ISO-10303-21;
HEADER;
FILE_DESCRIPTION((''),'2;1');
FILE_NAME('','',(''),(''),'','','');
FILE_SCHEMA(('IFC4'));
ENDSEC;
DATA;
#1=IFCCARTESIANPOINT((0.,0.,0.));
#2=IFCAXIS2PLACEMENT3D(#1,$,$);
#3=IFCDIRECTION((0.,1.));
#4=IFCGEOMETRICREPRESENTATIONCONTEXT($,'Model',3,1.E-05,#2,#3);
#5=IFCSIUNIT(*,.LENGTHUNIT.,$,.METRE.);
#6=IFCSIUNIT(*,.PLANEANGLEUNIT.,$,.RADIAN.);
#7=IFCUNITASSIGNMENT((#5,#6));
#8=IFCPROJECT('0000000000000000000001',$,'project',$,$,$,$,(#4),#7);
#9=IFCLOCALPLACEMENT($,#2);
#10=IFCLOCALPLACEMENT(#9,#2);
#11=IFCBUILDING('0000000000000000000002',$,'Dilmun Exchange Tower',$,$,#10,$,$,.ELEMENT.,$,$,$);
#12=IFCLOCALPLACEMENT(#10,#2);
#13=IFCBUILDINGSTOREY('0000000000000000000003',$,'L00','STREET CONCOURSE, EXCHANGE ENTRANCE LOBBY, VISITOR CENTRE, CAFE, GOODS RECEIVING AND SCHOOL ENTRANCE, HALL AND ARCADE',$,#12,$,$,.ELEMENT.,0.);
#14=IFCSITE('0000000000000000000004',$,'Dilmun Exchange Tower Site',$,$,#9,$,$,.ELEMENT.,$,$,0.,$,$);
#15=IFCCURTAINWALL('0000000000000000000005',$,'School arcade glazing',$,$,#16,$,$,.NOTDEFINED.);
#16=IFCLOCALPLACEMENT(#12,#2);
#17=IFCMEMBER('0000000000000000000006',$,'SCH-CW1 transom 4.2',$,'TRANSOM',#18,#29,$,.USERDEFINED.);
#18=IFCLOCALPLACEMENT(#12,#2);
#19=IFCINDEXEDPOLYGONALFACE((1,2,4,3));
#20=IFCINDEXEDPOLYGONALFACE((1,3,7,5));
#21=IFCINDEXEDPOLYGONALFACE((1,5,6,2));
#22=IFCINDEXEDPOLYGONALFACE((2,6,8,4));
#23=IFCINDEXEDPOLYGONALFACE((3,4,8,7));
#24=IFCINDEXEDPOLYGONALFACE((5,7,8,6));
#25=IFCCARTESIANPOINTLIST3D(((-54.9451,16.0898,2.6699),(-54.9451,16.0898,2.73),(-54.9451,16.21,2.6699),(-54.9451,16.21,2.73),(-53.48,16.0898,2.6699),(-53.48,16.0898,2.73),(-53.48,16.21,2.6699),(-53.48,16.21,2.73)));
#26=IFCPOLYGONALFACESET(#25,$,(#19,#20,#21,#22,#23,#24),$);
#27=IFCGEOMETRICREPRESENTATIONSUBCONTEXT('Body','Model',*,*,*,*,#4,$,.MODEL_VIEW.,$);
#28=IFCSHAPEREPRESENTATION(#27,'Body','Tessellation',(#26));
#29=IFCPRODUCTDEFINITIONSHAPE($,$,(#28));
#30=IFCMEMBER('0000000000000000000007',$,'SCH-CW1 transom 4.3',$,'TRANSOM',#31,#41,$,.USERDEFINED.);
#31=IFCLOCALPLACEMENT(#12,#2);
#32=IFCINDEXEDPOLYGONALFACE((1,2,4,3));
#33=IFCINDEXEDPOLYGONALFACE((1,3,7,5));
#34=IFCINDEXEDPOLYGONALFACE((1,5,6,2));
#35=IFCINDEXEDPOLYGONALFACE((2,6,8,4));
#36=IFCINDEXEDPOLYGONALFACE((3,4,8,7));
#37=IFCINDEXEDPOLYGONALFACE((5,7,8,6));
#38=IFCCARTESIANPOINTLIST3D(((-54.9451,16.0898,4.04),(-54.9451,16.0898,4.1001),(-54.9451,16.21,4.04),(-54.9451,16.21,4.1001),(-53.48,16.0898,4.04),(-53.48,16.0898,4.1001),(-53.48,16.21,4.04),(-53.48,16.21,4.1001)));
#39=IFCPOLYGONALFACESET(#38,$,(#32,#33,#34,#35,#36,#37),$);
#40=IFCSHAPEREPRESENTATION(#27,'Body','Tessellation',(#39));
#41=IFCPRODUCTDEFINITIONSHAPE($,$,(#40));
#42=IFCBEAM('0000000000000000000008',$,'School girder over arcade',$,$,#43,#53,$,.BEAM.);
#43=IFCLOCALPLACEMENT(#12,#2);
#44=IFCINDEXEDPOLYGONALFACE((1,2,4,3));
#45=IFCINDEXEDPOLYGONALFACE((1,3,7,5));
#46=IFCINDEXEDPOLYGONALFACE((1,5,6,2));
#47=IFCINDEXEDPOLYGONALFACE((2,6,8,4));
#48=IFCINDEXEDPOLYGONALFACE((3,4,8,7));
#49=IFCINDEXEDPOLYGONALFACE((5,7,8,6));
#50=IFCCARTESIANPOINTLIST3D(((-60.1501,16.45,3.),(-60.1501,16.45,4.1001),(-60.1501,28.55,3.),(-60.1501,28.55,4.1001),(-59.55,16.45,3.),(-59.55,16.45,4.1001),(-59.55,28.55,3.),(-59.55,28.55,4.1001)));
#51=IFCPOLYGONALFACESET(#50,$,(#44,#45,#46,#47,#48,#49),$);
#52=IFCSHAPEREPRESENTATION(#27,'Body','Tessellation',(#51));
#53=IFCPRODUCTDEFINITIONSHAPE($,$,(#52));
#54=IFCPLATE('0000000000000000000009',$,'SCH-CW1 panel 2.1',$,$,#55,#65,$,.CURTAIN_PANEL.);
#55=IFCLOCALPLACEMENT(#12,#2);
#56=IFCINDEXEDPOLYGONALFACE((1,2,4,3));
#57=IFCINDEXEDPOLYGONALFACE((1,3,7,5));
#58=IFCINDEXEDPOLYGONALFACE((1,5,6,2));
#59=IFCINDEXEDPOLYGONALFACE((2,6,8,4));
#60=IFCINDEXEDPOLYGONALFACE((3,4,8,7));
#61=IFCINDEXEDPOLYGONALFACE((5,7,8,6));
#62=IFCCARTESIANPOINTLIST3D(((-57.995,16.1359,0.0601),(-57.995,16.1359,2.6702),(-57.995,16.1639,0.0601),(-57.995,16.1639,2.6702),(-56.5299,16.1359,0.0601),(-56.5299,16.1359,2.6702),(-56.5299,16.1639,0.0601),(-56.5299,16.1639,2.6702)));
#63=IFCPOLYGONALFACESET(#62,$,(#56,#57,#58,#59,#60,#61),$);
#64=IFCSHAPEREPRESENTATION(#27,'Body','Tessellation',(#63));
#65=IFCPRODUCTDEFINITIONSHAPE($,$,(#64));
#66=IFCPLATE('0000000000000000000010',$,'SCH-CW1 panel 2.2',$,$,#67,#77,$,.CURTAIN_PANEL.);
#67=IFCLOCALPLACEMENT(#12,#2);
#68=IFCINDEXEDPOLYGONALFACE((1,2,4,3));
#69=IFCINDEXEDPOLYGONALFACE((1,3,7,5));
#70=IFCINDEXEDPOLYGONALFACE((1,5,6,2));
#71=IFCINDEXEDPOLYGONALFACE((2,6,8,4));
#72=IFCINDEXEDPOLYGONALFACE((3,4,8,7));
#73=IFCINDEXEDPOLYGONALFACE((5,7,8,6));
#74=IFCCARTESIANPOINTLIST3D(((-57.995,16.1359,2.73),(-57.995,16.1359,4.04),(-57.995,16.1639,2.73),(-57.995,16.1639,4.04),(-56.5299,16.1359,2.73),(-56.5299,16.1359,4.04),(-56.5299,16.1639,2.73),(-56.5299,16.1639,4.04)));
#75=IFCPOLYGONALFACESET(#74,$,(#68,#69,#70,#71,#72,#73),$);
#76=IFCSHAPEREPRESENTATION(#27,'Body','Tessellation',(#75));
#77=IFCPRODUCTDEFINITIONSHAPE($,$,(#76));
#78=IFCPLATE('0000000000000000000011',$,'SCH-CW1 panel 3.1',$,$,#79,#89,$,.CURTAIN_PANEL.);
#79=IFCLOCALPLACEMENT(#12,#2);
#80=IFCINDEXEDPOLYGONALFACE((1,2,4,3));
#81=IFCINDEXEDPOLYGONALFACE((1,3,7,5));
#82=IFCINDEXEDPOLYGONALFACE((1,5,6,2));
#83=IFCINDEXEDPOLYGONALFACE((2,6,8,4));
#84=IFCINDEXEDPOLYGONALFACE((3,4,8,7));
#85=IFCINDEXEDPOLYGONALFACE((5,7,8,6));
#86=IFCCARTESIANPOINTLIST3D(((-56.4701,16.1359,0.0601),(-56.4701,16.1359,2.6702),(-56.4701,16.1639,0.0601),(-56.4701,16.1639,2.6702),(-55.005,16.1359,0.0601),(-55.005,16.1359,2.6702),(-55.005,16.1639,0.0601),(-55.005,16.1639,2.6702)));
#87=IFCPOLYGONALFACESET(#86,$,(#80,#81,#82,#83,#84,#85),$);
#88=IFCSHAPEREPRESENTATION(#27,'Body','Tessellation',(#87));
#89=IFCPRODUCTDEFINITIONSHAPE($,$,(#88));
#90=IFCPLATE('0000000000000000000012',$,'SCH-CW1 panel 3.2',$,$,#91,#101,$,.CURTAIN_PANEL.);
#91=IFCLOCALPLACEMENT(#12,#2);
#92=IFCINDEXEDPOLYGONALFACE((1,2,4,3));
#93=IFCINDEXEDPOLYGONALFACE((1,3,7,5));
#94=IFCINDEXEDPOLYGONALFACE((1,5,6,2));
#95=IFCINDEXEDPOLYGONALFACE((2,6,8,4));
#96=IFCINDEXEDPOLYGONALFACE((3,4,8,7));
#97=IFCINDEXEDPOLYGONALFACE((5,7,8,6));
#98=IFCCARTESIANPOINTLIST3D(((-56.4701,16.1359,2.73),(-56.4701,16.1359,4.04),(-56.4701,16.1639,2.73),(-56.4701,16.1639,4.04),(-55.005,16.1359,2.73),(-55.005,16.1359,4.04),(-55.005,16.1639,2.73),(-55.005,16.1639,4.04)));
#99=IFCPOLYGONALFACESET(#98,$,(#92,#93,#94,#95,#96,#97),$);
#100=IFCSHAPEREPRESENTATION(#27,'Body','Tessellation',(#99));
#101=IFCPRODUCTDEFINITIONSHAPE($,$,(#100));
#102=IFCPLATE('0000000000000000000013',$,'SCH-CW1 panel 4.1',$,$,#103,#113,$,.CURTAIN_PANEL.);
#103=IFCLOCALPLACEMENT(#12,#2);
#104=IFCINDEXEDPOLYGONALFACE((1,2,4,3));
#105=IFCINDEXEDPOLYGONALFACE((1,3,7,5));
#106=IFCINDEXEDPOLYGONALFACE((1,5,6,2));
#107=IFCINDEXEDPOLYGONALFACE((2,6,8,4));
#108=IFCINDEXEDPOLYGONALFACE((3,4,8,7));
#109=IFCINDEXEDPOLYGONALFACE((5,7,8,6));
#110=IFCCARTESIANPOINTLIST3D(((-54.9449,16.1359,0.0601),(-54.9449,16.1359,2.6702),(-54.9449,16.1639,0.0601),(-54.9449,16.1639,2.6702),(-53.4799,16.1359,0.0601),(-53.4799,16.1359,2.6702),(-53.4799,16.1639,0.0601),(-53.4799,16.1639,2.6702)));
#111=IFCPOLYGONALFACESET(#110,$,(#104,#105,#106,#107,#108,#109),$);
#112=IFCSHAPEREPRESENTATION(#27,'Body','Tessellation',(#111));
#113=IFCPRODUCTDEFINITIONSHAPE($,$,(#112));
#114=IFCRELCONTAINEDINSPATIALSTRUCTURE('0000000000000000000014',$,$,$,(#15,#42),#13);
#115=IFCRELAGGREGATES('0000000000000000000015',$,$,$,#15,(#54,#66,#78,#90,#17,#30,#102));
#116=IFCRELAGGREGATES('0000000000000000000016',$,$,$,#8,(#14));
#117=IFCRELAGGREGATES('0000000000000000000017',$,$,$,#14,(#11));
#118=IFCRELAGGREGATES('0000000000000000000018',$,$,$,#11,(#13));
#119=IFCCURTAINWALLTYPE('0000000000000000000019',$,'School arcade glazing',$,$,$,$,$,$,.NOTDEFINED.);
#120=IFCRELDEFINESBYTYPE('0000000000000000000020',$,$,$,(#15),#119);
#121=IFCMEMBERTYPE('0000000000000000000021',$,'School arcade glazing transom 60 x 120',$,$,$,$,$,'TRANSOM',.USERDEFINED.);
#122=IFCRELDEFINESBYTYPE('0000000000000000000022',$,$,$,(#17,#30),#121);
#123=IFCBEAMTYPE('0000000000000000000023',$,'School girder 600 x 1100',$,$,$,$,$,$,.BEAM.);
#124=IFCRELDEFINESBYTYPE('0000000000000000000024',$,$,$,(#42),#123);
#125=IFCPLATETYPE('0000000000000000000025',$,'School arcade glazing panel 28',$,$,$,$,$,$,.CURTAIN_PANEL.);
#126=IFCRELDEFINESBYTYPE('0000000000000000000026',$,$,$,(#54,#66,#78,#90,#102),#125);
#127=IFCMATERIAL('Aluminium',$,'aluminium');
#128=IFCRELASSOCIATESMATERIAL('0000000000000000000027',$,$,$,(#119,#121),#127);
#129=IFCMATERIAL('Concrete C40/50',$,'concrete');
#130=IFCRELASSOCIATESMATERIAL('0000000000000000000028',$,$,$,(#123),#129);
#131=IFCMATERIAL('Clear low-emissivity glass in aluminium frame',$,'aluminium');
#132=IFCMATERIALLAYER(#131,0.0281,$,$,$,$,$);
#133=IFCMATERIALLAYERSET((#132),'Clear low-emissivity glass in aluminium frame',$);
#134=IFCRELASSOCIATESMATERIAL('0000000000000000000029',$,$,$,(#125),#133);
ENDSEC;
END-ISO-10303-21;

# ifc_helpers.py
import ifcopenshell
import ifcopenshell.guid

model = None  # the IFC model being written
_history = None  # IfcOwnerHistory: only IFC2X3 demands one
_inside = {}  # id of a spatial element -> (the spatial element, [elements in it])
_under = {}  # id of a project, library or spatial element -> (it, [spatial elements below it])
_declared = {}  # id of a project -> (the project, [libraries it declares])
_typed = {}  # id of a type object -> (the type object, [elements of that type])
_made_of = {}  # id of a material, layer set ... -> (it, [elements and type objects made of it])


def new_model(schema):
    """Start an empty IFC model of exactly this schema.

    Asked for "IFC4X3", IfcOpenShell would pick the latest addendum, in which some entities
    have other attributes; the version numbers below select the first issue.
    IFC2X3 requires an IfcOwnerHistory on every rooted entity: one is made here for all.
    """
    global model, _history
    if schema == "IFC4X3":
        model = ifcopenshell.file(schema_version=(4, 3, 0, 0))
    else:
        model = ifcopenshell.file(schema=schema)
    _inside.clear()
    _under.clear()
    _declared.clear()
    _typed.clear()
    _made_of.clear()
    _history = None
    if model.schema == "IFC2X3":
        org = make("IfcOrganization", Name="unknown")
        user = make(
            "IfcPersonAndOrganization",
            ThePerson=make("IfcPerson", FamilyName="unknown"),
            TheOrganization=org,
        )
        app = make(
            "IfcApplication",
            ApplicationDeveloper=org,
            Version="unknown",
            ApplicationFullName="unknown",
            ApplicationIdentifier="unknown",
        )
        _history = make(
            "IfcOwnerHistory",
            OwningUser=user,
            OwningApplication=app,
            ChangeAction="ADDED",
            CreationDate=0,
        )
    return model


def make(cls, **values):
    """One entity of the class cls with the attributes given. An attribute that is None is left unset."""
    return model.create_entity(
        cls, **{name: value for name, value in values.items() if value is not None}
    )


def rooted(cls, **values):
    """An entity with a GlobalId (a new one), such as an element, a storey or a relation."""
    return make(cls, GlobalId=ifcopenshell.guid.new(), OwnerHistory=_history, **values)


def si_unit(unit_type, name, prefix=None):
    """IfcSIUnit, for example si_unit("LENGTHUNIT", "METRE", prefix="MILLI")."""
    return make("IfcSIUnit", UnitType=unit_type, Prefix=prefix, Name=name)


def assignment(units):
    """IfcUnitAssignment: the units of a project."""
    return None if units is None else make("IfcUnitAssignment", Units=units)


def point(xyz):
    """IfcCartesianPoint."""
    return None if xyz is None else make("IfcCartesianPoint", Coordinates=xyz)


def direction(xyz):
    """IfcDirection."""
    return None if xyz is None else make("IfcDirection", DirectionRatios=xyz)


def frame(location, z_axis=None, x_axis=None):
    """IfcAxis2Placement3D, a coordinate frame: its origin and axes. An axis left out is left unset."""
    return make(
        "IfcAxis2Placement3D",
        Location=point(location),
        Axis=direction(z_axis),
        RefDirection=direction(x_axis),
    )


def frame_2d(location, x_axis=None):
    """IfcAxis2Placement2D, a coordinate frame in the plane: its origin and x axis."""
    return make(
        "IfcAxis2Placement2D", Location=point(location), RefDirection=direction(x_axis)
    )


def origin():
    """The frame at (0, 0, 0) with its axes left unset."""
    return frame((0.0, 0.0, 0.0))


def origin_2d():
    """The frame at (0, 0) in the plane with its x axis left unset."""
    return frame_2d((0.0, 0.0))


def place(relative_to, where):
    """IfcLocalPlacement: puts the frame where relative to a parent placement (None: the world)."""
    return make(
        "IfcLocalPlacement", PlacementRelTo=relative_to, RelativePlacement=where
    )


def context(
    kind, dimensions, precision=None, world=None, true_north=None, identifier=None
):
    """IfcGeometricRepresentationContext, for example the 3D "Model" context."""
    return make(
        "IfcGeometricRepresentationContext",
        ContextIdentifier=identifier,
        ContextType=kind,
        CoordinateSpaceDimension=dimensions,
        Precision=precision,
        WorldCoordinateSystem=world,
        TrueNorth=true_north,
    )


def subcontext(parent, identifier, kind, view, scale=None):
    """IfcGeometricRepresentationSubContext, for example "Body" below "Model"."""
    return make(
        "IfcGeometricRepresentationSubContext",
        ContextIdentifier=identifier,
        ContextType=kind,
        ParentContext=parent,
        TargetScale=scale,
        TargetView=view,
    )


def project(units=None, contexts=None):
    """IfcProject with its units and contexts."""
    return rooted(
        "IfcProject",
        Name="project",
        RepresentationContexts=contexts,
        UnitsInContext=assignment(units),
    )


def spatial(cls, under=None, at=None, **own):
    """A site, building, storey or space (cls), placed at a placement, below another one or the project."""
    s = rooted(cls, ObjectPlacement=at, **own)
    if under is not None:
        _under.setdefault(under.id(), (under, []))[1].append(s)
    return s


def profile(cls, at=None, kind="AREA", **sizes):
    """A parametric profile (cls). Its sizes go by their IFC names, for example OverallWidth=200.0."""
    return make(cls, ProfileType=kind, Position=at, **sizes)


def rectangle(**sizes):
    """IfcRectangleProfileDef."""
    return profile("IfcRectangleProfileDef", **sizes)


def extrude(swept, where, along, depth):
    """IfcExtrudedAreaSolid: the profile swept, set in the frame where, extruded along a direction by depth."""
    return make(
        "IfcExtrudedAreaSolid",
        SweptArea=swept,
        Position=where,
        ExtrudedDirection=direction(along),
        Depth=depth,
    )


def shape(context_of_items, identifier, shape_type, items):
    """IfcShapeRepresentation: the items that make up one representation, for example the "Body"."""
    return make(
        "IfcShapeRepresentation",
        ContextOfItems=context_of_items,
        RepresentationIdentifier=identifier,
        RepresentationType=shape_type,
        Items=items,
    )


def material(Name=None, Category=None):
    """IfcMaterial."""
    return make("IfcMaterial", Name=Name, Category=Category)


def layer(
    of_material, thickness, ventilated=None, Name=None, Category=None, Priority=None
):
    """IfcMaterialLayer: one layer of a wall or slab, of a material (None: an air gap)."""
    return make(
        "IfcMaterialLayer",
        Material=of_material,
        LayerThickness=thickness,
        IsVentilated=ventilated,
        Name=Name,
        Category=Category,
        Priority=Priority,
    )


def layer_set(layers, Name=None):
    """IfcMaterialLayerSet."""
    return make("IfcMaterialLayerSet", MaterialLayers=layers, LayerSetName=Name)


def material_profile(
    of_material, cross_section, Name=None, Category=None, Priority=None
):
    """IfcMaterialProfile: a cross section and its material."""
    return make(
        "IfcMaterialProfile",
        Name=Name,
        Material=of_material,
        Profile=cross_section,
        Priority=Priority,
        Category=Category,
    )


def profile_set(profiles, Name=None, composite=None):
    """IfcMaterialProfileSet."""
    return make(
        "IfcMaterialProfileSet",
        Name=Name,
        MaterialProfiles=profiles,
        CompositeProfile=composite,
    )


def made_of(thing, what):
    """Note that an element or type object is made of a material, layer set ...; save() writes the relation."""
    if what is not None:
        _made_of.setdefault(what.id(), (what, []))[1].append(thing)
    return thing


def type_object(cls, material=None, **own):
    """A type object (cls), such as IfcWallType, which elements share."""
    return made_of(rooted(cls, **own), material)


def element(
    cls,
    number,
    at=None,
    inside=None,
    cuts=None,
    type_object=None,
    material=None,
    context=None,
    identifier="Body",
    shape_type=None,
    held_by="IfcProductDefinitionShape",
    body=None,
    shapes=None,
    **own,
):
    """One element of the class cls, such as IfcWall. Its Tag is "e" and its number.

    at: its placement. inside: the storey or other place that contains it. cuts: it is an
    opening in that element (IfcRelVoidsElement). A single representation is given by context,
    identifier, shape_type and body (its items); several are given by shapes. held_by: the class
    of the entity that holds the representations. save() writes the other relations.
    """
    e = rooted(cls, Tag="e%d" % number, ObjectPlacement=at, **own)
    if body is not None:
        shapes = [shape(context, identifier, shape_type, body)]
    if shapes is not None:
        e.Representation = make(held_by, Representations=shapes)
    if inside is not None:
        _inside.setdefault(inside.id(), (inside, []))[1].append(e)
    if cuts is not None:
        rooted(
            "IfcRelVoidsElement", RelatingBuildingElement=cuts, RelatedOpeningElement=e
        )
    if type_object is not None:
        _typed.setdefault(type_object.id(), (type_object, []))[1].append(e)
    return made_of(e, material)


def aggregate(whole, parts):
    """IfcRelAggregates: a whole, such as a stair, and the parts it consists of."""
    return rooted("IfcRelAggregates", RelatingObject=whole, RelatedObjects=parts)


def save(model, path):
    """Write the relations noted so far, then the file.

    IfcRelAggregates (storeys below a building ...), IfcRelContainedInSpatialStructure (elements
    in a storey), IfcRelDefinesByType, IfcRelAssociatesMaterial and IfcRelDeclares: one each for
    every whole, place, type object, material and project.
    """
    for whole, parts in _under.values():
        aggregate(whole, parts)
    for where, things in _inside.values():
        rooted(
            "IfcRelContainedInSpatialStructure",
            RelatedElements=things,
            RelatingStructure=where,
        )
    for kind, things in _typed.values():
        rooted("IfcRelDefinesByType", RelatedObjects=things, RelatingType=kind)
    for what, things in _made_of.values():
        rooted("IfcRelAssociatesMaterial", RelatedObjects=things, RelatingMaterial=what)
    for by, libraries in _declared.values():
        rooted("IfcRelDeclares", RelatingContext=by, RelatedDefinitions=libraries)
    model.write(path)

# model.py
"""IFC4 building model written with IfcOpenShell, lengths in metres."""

from ifc_helpers import new_model, si_unit, direction, frame, origin, origin_2d, place, context, subcontext, project, spatial, rectangle, extrude, material, layer, layer_set, material_profile, profile_set, type_object, element, aggregate, save


model = new_model("IFC4")

# Units and contexts
model_context = context("Model", 3, precision=1e-05, world=origin(), true_north=direction((0.0, 1.0)))
body_context = subcontext(model_context, "Body", "Model", "MODEL_VIEW")
ifc_project = project(units=[si_unit("LENGTHUNIT", "METRE"), si_unit("PLANEANGLEUNIT", "RADIAN")], contexts=[model_context])

# Site, building, storey
site_placement = place(None, origin())
site = spatial("IfcSite", under=ifc_project, at=site_placement, Name="Dilmun Exchange Tower Site", CompositionType="ELEMENT", RefElevation=0.0)
building_placement = place(site_placement, origin())
building = spatial("IfcBuilding", under=site, at=building_placement, Name="Dilmun Exchange Tower", CompositionType="ELEMENT")
storey_placement = place(building_placement, origin())
storey = spatial("IfcBuildingStorey", under=building, at=storey_placement, Name="L00", Description="STREET CONCOURSE, EXCHANGE ENTRANCE LOBBY, VISITOR CENTRE, CAFE, GOODS RECEIVING AND SCHOOL ENTRANCE, HALL AND ARCADE", CompositionType="ELEMENT", Elevation=0.0)

# Curtain wall, members
ifc_material_1 = material(Name="Aluminium", Category="aluminium")
curtain_wall_type = type_object("IfcCurtainWallType", Name="School arcade glazing", PredefinedType="NOTDEFINED", material=ifc_material_1)
curtain_wall_placement = place(storey_placement, origin())
curtain_wall = element("IfcCurtainWall", 1, at=curtain_wall_placement, inside=storey, type_object=curtain_wall_type, Name="School arcade glazing", PredefinedType="NOTDEFINED")
ifc_material_profile_1 = material_profile(ifc_material_1, rectangle(XDim=0.1201, YDim=0.0601, at=origin_2d()), Name="60 x 120")
ifc_profile_set_1 = profile_set([ifc_material_profile_1], Name="Aluminium")
member_type_1 = type_object("IfcMemberType", Name="School arcade glazing transom 60 x 120", ElementType="TRANSOM", PredefinedType="USERDEFINED", material=ifc_profile_set_1)
member_1_placement = place(storey_placement, frame((-54.9451, 16.1499, 2.7), z_axis=(1.0, 0.0, 0.0), x_axis=(0.0, 1.0, 0.0)))
member_1 = element("IfcMember", 2, at=member_1_placement, type_object=member_type_1, Name="SCH-CW1 transom 4.2", ObjectType="TRANSOM", PredefinedType="USERDEFINED", context=body_context, shape_type="SweptSolid", body=[
    extrude(rectangle(XDim=0.1201, YDim=0.0601, at=origin_2d()), origin(), (0.0, 0.0, 1.0), 1.4651),
])
member_2_placement = place(storey_placement, frame((-54.9451, 16.1499, 4.0701), z_axis=(1.0, 0.0, 0.0), x_axis=(0.0, 1.0, 0.0)))
member_2 = element("IfcMember", 3, at=member_2_placement, type_object=member_type_1, Name="SCH-CW1 transom 4.3", ObjectType="TRANSOM", PredefinedType="USERDEFINED", context=body_context, shape_type="SweptSolid", body=[
    extrude(rectangle(XDim=0.1201, YDim=0.0601, at=origin_2d()), origin(), (0.0, 0.0, 1.0), 1.4651),
])

# Beam
ifc_material_2 = material(Name="Concrete C40/50", Category="concrete")
ifc_material_profile_2 = material_profile(ifc_material_2, rectangle(XDim=0.6001, YDim=1.1001, at=origin_2d()), Name="600 x 1100")
ifc_profile_set_2 = profile_set([ifc_material_profile_2], Name="Concrete C40/50")
beam_type = type_object("IfcBeamType", Name="School girder 600 x 1100", PredefinedType="BEAM", material=ifc_profile_set_2)
beam_placement = place(storey_placement, frame((-59.8501, 16.45, 3.55), z_axis=(0.0, 1.0, 0.0), x_axis=(-1.0, 0.0, 0.0)))
element("IfcBeam", 4, at=beam_placement, inside=storey, type_object=beam_type, Name="School girder over arcade", PredefinedType="BEAM", context=body_context, shape_type="SweptSolid", body=[
    extrude(rectangle(XDim=0.6001, YDim=1.1001, at=origin_2d()), origin(), (0.0, 0.0, 1.0), 12.1001),
])

# Plates
ifc_material_3 = material(Name="Clear low-emissivity glass in aluminium frame", Category="aluminium")
ifc_layer = layer(ifc_material_3, 0.0281)
ifc_layer_set = layer_set([ifc_layer], Name="Clear low-emissivity glass in aluminium frame")
plate_type = type_object("IfcPlateType", Name="School arcade glazing panel 28", PredefinedType="CURTAIN_PANEL", material=ifc_layer_set)
plate_1_placement = place(storey_placement, frame((-57.2625, 16.1499, 0.0601), z_axis=(0.0, 0.0, 1.0), x_axis=(1.0, 0.0, 0.0)))
plate_1 = element("IfcPlate", 5, at=plate_1_placement, type_object=plate_type, Name="SCH-CW1 panel 2.1", PredefinedType="CURTAIN_PANEL", context=body_context, shape_type="SweptSolid", body=[
    extrude(rectangle(XDim=1.4651, YDim=0.0281, at=origin_2d()), origin(), (0.0, 0.0, 1.0), 2.6101),
])
plate_2_placement = place(storey_placement, frame((-57.2625, 16.1499, 2.73), z_axis=(0.0, 0.0, 1.0), x_axis=(1.0, 0.0, 0.0)))
plate_2 = element("IfcPlate", 6, at=plate_2_placement, type_object=plate_type, Name="SCH-CW1 panel 2.2", PredefinedType="CURTAIN_PANEL", context=body_context, shape_type="SweptSolid", body=[
    extrude(rectangle(XDim=1.4651, YDim=0.0281, at=origin_2d()), origin(), (0.0, 0.0, 1.0), 1.3101),
])
plate_3_placement = place(storey_placement, frame((-55.7375, 16.1499, 0.0601), z_axis=(0.0, 0.0, 1.0), x_axis=(1.0, 0.0, 0.0)))
plate_3 = element("IfcPlate", 7, at=plate_3_placement, type_object=plate_type, Name="SCH-CW1 panel 3.1", PredefinedType="CURTAIN_PANEL", context=body_context, shape_type="SweptSolid", body=[
    extrude(rectangle(XDim=1.4651, YDim=0.0281, at=origin_2d()), origin(), (0.0, 0.0, 1.0), 2.6101),
])
plate_4_placement = place(storey_placement, frame((-55.7375, 16.1499, 2.73), z_axis=(0.0, 0.0, 1.0), x_axis=(1.0, 0.0, 0.0)))
plate_4 = element("IfcPlate", 8, at=plate_4_placement, type_object=plate_type, Name="SCH-CW1 panel 3.2", PredefinedType="CURTAIN_PANEL", context=body_context, shape_type="SweptSolid", body=[
    extrude(rectangle(XDim=1.4651, YDim=0.0281, at=origin_2d()), origin(), (0.0, 0.0, 1.0), 1.3101),
])
plate_5_placement = place(storey_placement, frame((-54.2124, 16.1499, 0.0601), z_axis=(0.0, 0.0, 1.0), x_axis=(1.0, 0.0, 0.0)))
plate_5 = element("IfcPlate", 9, at=plate_5_placement, type_object=plate_type, Name="SCH-CW1 panel 4.1", PredefinedType="CURTAIN_PANEL", context=body_context, shape_type="SweptSolid", body=[
    extrude(rectangle(XDim=1.4651, YDim=0.0281, at=origin_2d()), origin(), (0.0, 0.0, 1.0), 2.6101),
])
aggregate(curtain_wall, [plate_1, plate_2, plate_3, plate_4, member_1, member_2, plate_5])

save(model, "model.ifc")
